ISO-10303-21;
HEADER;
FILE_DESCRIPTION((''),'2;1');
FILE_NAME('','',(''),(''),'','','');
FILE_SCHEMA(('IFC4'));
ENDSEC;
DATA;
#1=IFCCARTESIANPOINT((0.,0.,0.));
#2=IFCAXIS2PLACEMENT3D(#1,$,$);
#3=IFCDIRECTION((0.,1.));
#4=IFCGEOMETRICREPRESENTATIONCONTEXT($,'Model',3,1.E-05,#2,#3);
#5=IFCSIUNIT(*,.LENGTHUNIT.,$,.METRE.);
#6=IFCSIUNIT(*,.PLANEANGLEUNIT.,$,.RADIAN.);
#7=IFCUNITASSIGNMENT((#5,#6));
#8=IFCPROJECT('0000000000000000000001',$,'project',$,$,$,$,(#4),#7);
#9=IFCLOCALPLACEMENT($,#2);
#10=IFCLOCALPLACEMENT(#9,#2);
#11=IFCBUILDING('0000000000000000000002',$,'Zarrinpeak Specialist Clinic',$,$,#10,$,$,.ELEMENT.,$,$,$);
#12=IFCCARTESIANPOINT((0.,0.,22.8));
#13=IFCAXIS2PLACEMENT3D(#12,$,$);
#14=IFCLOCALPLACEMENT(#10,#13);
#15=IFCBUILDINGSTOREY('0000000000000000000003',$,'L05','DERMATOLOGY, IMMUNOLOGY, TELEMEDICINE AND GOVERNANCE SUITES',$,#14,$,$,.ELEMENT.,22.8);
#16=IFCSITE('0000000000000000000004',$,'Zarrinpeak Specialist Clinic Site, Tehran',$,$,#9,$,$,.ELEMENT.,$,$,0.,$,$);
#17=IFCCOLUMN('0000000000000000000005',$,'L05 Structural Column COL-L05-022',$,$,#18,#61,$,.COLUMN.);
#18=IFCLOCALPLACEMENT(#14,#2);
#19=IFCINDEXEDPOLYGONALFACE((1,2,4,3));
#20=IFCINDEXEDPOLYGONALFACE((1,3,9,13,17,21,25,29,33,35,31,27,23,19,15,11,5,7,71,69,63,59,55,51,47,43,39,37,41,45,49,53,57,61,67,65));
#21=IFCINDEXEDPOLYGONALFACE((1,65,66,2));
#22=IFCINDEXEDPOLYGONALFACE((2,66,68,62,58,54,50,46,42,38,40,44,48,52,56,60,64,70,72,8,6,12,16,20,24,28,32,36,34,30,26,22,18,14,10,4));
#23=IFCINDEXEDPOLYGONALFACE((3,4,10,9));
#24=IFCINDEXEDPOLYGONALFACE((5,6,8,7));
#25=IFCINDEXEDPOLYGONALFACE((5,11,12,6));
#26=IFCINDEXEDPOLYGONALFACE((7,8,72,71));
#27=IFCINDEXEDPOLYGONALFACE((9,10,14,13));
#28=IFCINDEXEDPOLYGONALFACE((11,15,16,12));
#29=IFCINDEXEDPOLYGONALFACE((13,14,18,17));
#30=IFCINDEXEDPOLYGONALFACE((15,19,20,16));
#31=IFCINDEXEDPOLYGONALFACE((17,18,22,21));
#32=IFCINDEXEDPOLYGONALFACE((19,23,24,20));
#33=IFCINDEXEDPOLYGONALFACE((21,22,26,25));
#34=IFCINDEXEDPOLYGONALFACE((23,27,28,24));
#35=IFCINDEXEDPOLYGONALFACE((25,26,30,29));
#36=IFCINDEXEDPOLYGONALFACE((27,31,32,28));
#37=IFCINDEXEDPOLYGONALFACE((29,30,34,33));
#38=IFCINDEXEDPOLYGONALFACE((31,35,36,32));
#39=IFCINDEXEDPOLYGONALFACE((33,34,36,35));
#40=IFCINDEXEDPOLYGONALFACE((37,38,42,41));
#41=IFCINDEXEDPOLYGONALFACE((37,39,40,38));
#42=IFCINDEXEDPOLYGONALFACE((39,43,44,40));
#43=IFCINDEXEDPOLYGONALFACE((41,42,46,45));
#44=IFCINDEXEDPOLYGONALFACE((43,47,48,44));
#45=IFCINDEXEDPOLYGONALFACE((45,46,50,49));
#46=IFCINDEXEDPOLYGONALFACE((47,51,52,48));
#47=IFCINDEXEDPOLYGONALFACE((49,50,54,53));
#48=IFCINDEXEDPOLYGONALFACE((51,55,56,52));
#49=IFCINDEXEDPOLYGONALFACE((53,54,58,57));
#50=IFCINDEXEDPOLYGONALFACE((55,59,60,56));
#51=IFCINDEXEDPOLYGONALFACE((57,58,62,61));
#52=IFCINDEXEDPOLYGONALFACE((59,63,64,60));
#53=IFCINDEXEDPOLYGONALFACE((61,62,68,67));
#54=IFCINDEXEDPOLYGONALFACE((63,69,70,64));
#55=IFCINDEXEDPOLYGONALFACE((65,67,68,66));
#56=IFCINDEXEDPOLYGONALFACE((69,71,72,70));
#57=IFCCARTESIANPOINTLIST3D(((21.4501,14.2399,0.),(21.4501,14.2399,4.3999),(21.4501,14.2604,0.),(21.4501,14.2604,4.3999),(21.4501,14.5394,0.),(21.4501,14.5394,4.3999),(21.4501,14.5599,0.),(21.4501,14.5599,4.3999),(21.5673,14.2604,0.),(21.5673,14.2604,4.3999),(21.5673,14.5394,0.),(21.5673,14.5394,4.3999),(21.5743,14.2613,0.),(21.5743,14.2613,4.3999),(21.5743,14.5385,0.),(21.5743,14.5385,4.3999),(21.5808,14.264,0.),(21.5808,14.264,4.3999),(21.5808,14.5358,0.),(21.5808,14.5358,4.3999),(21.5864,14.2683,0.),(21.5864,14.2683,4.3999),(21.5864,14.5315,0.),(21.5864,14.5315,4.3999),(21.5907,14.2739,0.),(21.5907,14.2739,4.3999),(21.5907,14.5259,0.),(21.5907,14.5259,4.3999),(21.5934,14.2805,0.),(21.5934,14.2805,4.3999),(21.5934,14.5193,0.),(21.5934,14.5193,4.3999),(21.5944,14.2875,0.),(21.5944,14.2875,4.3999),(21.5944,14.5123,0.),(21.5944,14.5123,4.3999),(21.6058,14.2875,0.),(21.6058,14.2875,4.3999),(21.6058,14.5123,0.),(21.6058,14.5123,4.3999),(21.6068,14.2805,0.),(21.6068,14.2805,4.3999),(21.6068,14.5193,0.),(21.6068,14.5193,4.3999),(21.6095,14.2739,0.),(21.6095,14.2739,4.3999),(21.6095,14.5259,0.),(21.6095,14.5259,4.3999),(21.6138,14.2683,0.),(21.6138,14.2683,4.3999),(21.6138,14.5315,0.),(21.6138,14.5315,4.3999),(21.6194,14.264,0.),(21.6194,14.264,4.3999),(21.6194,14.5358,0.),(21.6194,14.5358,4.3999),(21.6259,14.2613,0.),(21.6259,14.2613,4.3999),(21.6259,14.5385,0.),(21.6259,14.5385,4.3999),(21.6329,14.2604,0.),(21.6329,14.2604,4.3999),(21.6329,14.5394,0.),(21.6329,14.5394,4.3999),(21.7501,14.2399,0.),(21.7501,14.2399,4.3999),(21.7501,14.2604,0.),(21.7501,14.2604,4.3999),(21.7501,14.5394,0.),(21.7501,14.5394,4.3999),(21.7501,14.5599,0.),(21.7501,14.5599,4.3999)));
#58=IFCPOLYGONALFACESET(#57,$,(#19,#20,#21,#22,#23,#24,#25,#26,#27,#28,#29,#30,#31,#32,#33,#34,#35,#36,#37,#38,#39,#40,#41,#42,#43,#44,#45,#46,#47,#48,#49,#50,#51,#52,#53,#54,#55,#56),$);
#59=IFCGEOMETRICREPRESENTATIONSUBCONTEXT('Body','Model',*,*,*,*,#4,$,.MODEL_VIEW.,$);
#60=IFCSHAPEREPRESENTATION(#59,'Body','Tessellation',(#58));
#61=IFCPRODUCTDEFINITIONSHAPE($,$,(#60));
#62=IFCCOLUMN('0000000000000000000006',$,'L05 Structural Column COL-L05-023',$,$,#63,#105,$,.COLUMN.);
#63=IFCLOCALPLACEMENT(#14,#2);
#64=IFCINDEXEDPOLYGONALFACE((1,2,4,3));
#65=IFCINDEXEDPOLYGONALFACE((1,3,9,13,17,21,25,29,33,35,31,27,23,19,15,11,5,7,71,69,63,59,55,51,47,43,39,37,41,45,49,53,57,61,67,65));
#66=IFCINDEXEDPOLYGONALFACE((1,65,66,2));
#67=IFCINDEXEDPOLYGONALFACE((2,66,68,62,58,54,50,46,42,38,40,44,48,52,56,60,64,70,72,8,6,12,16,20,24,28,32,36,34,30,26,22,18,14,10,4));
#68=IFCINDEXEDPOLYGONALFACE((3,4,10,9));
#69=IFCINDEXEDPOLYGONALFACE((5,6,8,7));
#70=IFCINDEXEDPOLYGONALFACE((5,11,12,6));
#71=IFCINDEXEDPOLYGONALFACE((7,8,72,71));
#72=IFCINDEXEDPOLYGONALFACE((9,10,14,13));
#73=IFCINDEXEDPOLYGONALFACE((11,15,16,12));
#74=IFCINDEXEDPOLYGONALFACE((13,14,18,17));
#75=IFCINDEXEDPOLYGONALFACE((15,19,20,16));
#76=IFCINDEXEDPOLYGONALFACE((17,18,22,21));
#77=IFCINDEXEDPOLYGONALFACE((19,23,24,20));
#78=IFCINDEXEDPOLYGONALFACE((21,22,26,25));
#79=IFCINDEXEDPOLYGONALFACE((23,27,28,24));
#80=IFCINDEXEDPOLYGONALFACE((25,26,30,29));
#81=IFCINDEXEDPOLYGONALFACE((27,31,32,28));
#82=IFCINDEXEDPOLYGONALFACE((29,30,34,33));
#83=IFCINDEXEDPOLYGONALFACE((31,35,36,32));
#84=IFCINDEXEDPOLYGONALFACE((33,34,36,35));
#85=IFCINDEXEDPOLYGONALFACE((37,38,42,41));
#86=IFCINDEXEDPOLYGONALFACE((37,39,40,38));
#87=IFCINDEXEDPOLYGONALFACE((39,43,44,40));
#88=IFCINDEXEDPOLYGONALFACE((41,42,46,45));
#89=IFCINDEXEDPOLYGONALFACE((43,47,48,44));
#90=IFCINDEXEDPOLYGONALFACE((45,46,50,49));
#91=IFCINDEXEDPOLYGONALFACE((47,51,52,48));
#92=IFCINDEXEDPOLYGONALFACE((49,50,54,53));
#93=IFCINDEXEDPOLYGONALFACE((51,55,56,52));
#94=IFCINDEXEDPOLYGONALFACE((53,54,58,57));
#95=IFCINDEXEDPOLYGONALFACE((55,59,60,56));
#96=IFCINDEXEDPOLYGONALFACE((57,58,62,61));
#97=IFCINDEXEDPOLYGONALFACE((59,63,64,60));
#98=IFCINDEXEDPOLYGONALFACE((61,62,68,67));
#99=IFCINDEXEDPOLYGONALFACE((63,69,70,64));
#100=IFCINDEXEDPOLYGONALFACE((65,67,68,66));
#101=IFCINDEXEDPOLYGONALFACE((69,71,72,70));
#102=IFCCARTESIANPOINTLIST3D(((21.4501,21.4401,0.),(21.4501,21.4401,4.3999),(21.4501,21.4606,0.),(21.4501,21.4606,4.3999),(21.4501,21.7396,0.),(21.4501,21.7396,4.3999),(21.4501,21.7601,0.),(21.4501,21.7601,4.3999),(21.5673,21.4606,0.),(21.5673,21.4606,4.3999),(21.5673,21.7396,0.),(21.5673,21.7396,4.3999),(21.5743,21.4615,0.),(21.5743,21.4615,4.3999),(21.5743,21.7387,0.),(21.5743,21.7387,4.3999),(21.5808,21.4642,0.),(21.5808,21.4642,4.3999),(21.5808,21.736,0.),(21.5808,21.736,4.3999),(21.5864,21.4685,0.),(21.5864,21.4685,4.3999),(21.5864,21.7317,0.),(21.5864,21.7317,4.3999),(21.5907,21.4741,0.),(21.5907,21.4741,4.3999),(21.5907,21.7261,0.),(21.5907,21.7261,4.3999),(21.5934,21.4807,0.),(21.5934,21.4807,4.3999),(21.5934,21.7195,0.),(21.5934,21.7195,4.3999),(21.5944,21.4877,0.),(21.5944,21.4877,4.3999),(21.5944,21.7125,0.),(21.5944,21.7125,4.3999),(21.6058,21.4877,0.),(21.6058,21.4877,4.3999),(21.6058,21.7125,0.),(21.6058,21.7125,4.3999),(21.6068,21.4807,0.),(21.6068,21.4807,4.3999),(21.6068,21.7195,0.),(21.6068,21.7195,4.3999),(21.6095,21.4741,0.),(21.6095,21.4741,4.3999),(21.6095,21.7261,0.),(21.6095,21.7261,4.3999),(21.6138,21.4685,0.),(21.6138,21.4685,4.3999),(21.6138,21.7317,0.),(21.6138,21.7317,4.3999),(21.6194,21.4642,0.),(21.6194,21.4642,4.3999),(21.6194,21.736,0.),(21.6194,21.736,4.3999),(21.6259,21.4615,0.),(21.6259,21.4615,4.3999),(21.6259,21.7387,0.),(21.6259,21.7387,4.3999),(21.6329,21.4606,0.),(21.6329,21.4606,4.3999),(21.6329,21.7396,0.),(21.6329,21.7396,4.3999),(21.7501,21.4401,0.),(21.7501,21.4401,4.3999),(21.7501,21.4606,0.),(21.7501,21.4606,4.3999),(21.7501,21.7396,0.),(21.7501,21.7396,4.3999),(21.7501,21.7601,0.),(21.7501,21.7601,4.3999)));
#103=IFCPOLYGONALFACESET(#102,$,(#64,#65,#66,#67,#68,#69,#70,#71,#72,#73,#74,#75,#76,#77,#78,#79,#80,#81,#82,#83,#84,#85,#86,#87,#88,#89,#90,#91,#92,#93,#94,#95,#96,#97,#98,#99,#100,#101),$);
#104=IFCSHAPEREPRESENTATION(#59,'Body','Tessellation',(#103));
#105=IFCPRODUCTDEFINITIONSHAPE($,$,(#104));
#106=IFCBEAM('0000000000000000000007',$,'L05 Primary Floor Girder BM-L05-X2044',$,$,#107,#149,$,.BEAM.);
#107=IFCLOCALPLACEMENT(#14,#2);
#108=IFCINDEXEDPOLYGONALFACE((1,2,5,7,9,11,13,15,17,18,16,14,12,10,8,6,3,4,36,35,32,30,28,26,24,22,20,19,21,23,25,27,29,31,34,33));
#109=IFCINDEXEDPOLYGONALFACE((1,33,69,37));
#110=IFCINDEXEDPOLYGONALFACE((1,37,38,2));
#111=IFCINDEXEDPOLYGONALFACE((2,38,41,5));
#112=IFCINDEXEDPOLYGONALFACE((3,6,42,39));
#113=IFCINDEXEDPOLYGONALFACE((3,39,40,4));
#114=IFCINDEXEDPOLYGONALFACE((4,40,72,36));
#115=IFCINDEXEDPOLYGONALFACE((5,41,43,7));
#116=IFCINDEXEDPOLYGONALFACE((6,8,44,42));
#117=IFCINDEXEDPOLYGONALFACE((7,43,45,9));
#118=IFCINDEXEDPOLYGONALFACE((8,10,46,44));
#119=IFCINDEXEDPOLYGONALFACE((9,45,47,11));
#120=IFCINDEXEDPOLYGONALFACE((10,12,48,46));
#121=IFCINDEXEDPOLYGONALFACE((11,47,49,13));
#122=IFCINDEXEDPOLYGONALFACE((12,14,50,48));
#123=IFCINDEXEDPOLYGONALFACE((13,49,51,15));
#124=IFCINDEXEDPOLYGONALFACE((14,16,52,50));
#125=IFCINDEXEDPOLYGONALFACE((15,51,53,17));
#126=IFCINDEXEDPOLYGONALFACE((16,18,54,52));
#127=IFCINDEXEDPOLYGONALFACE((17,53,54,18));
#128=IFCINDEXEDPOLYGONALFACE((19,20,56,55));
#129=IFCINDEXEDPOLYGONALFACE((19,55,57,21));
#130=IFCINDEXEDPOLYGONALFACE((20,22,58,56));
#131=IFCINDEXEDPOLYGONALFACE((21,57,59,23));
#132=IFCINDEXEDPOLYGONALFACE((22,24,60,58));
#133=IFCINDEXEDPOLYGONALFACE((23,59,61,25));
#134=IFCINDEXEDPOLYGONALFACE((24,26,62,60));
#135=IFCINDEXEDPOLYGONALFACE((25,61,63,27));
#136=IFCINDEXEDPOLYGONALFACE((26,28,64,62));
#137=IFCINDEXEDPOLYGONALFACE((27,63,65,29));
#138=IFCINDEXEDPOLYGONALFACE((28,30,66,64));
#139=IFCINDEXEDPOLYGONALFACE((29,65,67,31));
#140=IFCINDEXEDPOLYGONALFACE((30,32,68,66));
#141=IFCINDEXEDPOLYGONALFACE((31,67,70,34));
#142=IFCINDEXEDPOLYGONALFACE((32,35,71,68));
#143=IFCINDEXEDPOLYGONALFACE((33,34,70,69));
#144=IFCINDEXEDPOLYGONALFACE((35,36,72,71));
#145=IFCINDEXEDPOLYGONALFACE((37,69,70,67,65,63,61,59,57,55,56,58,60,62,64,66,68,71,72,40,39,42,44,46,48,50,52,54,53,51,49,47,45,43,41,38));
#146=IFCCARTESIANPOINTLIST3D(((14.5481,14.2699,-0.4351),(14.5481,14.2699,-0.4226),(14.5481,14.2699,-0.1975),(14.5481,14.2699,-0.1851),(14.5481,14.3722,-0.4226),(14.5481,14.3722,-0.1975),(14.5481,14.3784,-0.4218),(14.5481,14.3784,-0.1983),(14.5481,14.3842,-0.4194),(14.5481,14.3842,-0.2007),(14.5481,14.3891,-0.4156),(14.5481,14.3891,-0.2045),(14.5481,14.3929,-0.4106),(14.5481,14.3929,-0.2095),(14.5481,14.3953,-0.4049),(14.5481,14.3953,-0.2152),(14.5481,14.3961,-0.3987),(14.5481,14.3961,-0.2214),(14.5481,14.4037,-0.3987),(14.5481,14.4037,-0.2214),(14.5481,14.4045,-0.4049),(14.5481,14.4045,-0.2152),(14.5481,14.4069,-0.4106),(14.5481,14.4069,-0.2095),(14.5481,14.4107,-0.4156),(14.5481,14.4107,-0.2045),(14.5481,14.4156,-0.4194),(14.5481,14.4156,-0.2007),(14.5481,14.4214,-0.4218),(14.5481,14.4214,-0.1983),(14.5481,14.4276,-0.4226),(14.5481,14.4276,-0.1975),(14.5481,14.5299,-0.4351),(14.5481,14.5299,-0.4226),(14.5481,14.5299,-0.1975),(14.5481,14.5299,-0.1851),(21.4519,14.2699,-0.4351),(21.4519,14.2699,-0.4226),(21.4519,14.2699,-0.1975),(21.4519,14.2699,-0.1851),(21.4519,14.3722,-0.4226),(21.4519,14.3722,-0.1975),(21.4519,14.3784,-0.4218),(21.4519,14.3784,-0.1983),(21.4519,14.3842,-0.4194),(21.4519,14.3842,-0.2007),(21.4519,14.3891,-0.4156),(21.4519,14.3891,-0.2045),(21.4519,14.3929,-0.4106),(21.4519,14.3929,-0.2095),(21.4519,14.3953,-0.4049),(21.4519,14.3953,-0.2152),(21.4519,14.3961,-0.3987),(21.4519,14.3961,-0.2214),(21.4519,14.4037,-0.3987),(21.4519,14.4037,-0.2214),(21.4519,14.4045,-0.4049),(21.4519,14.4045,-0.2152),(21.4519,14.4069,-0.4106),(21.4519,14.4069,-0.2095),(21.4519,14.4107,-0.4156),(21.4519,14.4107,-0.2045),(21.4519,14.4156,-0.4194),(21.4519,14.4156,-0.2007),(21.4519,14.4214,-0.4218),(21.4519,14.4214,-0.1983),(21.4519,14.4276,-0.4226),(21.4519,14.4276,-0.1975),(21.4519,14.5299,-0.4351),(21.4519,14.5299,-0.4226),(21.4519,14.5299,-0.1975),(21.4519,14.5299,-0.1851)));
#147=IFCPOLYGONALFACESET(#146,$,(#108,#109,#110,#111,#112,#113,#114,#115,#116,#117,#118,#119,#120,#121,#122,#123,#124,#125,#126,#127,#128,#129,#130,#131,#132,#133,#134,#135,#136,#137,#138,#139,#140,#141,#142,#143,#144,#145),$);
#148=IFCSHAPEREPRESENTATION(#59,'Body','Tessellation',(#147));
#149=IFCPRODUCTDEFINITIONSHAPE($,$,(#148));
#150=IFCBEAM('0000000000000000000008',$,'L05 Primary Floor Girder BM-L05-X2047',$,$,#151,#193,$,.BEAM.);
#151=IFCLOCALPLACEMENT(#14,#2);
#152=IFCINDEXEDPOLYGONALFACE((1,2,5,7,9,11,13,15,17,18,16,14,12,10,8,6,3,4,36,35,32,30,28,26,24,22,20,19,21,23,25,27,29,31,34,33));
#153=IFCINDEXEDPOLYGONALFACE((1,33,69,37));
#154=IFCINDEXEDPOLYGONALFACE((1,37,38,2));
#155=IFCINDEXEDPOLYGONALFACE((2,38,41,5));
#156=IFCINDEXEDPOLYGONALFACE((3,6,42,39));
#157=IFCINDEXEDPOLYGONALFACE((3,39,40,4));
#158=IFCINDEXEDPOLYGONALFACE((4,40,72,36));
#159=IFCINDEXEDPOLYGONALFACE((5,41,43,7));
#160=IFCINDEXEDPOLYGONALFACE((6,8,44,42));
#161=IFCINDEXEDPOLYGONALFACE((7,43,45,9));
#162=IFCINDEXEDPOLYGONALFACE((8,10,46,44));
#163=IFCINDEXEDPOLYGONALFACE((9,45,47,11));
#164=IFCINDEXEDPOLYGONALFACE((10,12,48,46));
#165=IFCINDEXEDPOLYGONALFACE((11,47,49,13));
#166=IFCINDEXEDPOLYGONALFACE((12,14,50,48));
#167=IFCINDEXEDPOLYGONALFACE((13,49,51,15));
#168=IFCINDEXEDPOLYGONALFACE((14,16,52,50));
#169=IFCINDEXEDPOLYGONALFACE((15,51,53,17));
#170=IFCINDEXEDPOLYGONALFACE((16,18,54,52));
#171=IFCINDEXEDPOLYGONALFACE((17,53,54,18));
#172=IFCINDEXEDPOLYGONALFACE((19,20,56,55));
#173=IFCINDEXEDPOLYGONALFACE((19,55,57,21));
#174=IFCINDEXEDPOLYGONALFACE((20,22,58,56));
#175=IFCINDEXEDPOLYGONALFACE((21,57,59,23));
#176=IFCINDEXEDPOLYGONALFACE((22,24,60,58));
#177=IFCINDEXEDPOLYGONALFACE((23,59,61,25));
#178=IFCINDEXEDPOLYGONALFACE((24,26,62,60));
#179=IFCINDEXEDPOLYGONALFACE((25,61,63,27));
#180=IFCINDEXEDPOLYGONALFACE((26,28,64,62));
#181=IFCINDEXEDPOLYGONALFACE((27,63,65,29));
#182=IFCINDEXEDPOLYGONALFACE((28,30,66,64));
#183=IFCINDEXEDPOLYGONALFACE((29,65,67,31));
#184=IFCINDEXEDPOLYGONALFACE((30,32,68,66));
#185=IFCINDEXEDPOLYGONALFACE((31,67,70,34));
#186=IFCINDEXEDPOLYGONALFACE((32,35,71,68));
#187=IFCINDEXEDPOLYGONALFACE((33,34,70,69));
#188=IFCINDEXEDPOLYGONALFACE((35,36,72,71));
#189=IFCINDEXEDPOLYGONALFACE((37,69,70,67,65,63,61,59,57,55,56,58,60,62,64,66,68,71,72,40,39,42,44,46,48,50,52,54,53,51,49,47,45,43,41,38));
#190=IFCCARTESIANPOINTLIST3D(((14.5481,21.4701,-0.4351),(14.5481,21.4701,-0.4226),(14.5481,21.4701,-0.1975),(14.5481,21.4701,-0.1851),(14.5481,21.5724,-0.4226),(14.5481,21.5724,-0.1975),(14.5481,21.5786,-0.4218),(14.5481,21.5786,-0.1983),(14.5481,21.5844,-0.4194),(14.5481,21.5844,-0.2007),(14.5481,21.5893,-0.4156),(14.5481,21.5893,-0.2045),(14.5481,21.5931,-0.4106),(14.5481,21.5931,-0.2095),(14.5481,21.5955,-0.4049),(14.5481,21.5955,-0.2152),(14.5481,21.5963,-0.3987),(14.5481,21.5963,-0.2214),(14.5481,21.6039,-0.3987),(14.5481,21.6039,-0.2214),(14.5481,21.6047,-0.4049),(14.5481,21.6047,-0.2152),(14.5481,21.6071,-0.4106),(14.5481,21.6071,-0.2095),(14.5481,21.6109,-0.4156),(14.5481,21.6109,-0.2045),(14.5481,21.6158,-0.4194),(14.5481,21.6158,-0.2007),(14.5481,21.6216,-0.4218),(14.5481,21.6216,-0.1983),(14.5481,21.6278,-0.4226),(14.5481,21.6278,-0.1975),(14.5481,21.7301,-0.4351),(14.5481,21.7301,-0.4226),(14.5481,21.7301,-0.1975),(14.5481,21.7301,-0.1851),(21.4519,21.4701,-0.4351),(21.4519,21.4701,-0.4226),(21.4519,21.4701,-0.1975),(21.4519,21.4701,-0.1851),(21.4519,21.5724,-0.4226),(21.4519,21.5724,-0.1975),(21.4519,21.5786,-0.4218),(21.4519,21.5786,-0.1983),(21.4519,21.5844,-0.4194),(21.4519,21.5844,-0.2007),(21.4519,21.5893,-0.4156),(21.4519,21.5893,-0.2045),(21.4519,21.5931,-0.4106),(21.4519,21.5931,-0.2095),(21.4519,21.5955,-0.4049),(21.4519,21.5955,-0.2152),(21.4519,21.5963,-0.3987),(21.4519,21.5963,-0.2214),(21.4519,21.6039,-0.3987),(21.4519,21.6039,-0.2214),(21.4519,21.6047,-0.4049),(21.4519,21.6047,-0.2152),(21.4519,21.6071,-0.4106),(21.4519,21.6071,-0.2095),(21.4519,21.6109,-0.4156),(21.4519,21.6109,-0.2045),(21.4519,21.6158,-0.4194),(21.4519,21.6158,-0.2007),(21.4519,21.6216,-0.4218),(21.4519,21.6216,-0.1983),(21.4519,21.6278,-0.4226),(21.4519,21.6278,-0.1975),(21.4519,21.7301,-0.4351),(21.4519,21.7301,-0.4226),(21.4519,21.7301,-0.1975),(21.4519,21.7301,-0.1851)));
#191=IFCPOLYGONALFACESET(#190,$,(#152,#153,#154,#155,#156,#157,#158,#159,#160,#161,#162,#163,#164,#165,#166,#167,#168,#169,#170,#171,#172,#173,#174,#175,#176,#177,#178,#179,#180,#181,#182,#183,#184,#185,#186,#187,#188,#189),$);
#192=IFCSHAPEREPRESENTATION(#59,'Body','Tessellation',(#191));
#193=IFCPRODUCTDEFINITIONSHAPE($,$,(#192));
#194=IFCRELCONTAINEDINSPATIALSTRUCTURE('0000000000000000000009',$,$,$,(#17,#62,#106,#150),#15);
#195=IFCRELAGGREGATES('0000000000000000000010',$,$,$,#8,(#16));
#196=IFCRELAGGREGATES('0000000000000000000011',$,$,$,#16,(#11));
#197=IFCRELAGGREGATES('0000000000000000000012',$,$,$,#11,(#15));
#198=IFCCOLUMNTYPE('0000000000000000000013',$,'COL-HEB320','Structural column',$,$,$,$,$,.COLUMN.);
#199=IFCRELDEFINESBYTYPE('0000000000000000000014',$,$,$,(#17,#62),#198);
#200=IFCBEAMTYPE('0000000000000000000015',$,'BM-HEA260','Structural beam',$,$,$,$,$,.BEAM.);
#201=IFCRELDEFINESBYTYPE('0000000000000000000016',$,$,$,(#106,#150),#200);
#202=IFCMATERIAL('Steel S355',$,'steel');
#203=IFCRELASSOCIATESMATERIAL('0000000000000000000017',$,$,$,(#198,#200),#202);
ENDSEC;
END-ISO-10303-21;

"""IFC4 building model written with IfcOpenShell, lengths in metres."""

from ifc_helpers import new_model, si_unit, direction, frame, origin, origin_2d, place, context, subcontext, project, spatial, i_section, extrude, material, material_profile, profile_set, type_object, element, save


model = new_model("IFC4")

# Units and contexts
model_context = context("Model", 3, precision=1e-05, world=origin(), true_north=direction((0.0, 1.0)))
body_context = subcontext(model_context, "Body", "Model", "MODEL_VIEW")
ifc_project = project(units=[si_unit("LENGTHUNIT", "METRE"), si_unit("PLANEANGLEUNIT", "RADIAN")], contexts=[model_context])

# Site, building, storey
site_placement = place(None, origin())
site = spatial("IfcSite", under=ifc_project, at=site_placement, Name="Zarrinpeak Specialist Clinic Site, Tehran", CompositionType="ELEMENT", RefElevation=0.0)
building_placement = place(site_placement, origin())
building = spatial("IfcBuilding", under=site, at=building_placement, Name="Zarrinpeak Specialist Clinic", CompositionType="ELEMENT")
storey_placement = place(building_placement, frame((0.0, 0.0, 22.8)))
storey = spatial("IfcBuildingStorey", under=building, at=storey_placement, Name="L05", Description="DERMATOLOGY, IMMUNOLOGY, TELEMEDICINE AND GOVERNANCE SUITES", CompositionType="ELEMENT", Elevation=22.8)

# Columns
ifc_material_1 = material(Name="Steel S355", Category="steel")
ifc_material_profile_1 = material_profile(ifc_material_1, i_section(OverallWidth=0.3, OverallDepth=0.3201, WebThickness=0.0115, FlangeThickness=0.0205, FilletRadius=0.0271, at=origin_2d()), Name="HEB 320")
ifc_profile_set_1 = profile_set([ifc_material_profile_1], Name="Steel S355")
column_type = type_object("IfcColumnType", Name="COL-HEB320", Description="Structural column", PredefinedType="COLUMN", material=ifc_profile_set_1)
for number, where, z_axis, x_axis, name in (
    (1, (21.6001, 14.3999, 0.0), (0.0, 0.0, 1.0), (1.0, 0.0, 0.0), "L05 Structural Column COL-L05-022"),
    (2, (21.6001, 21.6001, 0.0), (0.0, 0.0, 1.0), (1.0, 0.0, 0.0), "L05 Structural Column COL-L05-023"),
):
    element("IfcColumn", number, at=place(storey_placement, frame(where, z_axis=z_axis, x_axis=x_axis)), inside=storey, type_object=column_type, Name=name, PredefinedType="COLUMN", context=body_context, shape_type="SweptSolid", body=[
        extrude(i_section(OverallWidth=0.3, OverallDepth=0.3201, WebThickness=0.0115, FlangeThickness=0.0205, FilletRadius=0.0271, at=origin_2d()), origin(), (0.0, 0.0, 1.0), 4.3999),
    ])

# Beams
ifc_material_profile_2 = material_profile(ifc_material_1, i_section(OverallWidth=0.26, OverallDepth=0.25, WebThickness=0.0076, FlangeThickness=0.0125, FilletRadius=0.0239, at=origin_2d()), Name="HEA 260")
ifc_profile_set_2 = profile_set([ifc_material_profile_2], Name="Steel S355")
beam_type_1 = type_object("IfcBeamType", Name="BM-HEA260", Description="Structural beam", PredefinedType="BEAM", material=ifc_profile_set_2)
for number, where, z_axis, x_axis, name in (
    (3, (14.5481, 14.3999, -0.3101), (1.0, 0.0, 0.0), (0.0, 1.0, 0.0), "L05 Primary Floor Girder BM-L05-X2044"),
    (4, (14.5481, 21.6001, -0.3101), (1.0, 0.0, 0.0), (0.0, 1.0, 0.0), "L05 Primary Floor Girder BM-L05-X2047"),
):
    element("IfcBeam", number, at=place(storey_placement, frame(where, z_axis=z_axis, x_axis=x_axis)), inside=storey, type_object=beam_type_1, Name=name, PredefinedType="BEAM", context=body_context, shape_type="SweptSolid", body=[
        extrude(i_section(OverallWidth=0.26, OverallDepth=0.25, WebThickness=0.0076, FlangeThickness=0.0125, FilletRadius=0.0239, at=origin_2d()), origin(), (0.0, 0.0, 1.0), 6.9038),
    ])

save(model, "model.ifc")
